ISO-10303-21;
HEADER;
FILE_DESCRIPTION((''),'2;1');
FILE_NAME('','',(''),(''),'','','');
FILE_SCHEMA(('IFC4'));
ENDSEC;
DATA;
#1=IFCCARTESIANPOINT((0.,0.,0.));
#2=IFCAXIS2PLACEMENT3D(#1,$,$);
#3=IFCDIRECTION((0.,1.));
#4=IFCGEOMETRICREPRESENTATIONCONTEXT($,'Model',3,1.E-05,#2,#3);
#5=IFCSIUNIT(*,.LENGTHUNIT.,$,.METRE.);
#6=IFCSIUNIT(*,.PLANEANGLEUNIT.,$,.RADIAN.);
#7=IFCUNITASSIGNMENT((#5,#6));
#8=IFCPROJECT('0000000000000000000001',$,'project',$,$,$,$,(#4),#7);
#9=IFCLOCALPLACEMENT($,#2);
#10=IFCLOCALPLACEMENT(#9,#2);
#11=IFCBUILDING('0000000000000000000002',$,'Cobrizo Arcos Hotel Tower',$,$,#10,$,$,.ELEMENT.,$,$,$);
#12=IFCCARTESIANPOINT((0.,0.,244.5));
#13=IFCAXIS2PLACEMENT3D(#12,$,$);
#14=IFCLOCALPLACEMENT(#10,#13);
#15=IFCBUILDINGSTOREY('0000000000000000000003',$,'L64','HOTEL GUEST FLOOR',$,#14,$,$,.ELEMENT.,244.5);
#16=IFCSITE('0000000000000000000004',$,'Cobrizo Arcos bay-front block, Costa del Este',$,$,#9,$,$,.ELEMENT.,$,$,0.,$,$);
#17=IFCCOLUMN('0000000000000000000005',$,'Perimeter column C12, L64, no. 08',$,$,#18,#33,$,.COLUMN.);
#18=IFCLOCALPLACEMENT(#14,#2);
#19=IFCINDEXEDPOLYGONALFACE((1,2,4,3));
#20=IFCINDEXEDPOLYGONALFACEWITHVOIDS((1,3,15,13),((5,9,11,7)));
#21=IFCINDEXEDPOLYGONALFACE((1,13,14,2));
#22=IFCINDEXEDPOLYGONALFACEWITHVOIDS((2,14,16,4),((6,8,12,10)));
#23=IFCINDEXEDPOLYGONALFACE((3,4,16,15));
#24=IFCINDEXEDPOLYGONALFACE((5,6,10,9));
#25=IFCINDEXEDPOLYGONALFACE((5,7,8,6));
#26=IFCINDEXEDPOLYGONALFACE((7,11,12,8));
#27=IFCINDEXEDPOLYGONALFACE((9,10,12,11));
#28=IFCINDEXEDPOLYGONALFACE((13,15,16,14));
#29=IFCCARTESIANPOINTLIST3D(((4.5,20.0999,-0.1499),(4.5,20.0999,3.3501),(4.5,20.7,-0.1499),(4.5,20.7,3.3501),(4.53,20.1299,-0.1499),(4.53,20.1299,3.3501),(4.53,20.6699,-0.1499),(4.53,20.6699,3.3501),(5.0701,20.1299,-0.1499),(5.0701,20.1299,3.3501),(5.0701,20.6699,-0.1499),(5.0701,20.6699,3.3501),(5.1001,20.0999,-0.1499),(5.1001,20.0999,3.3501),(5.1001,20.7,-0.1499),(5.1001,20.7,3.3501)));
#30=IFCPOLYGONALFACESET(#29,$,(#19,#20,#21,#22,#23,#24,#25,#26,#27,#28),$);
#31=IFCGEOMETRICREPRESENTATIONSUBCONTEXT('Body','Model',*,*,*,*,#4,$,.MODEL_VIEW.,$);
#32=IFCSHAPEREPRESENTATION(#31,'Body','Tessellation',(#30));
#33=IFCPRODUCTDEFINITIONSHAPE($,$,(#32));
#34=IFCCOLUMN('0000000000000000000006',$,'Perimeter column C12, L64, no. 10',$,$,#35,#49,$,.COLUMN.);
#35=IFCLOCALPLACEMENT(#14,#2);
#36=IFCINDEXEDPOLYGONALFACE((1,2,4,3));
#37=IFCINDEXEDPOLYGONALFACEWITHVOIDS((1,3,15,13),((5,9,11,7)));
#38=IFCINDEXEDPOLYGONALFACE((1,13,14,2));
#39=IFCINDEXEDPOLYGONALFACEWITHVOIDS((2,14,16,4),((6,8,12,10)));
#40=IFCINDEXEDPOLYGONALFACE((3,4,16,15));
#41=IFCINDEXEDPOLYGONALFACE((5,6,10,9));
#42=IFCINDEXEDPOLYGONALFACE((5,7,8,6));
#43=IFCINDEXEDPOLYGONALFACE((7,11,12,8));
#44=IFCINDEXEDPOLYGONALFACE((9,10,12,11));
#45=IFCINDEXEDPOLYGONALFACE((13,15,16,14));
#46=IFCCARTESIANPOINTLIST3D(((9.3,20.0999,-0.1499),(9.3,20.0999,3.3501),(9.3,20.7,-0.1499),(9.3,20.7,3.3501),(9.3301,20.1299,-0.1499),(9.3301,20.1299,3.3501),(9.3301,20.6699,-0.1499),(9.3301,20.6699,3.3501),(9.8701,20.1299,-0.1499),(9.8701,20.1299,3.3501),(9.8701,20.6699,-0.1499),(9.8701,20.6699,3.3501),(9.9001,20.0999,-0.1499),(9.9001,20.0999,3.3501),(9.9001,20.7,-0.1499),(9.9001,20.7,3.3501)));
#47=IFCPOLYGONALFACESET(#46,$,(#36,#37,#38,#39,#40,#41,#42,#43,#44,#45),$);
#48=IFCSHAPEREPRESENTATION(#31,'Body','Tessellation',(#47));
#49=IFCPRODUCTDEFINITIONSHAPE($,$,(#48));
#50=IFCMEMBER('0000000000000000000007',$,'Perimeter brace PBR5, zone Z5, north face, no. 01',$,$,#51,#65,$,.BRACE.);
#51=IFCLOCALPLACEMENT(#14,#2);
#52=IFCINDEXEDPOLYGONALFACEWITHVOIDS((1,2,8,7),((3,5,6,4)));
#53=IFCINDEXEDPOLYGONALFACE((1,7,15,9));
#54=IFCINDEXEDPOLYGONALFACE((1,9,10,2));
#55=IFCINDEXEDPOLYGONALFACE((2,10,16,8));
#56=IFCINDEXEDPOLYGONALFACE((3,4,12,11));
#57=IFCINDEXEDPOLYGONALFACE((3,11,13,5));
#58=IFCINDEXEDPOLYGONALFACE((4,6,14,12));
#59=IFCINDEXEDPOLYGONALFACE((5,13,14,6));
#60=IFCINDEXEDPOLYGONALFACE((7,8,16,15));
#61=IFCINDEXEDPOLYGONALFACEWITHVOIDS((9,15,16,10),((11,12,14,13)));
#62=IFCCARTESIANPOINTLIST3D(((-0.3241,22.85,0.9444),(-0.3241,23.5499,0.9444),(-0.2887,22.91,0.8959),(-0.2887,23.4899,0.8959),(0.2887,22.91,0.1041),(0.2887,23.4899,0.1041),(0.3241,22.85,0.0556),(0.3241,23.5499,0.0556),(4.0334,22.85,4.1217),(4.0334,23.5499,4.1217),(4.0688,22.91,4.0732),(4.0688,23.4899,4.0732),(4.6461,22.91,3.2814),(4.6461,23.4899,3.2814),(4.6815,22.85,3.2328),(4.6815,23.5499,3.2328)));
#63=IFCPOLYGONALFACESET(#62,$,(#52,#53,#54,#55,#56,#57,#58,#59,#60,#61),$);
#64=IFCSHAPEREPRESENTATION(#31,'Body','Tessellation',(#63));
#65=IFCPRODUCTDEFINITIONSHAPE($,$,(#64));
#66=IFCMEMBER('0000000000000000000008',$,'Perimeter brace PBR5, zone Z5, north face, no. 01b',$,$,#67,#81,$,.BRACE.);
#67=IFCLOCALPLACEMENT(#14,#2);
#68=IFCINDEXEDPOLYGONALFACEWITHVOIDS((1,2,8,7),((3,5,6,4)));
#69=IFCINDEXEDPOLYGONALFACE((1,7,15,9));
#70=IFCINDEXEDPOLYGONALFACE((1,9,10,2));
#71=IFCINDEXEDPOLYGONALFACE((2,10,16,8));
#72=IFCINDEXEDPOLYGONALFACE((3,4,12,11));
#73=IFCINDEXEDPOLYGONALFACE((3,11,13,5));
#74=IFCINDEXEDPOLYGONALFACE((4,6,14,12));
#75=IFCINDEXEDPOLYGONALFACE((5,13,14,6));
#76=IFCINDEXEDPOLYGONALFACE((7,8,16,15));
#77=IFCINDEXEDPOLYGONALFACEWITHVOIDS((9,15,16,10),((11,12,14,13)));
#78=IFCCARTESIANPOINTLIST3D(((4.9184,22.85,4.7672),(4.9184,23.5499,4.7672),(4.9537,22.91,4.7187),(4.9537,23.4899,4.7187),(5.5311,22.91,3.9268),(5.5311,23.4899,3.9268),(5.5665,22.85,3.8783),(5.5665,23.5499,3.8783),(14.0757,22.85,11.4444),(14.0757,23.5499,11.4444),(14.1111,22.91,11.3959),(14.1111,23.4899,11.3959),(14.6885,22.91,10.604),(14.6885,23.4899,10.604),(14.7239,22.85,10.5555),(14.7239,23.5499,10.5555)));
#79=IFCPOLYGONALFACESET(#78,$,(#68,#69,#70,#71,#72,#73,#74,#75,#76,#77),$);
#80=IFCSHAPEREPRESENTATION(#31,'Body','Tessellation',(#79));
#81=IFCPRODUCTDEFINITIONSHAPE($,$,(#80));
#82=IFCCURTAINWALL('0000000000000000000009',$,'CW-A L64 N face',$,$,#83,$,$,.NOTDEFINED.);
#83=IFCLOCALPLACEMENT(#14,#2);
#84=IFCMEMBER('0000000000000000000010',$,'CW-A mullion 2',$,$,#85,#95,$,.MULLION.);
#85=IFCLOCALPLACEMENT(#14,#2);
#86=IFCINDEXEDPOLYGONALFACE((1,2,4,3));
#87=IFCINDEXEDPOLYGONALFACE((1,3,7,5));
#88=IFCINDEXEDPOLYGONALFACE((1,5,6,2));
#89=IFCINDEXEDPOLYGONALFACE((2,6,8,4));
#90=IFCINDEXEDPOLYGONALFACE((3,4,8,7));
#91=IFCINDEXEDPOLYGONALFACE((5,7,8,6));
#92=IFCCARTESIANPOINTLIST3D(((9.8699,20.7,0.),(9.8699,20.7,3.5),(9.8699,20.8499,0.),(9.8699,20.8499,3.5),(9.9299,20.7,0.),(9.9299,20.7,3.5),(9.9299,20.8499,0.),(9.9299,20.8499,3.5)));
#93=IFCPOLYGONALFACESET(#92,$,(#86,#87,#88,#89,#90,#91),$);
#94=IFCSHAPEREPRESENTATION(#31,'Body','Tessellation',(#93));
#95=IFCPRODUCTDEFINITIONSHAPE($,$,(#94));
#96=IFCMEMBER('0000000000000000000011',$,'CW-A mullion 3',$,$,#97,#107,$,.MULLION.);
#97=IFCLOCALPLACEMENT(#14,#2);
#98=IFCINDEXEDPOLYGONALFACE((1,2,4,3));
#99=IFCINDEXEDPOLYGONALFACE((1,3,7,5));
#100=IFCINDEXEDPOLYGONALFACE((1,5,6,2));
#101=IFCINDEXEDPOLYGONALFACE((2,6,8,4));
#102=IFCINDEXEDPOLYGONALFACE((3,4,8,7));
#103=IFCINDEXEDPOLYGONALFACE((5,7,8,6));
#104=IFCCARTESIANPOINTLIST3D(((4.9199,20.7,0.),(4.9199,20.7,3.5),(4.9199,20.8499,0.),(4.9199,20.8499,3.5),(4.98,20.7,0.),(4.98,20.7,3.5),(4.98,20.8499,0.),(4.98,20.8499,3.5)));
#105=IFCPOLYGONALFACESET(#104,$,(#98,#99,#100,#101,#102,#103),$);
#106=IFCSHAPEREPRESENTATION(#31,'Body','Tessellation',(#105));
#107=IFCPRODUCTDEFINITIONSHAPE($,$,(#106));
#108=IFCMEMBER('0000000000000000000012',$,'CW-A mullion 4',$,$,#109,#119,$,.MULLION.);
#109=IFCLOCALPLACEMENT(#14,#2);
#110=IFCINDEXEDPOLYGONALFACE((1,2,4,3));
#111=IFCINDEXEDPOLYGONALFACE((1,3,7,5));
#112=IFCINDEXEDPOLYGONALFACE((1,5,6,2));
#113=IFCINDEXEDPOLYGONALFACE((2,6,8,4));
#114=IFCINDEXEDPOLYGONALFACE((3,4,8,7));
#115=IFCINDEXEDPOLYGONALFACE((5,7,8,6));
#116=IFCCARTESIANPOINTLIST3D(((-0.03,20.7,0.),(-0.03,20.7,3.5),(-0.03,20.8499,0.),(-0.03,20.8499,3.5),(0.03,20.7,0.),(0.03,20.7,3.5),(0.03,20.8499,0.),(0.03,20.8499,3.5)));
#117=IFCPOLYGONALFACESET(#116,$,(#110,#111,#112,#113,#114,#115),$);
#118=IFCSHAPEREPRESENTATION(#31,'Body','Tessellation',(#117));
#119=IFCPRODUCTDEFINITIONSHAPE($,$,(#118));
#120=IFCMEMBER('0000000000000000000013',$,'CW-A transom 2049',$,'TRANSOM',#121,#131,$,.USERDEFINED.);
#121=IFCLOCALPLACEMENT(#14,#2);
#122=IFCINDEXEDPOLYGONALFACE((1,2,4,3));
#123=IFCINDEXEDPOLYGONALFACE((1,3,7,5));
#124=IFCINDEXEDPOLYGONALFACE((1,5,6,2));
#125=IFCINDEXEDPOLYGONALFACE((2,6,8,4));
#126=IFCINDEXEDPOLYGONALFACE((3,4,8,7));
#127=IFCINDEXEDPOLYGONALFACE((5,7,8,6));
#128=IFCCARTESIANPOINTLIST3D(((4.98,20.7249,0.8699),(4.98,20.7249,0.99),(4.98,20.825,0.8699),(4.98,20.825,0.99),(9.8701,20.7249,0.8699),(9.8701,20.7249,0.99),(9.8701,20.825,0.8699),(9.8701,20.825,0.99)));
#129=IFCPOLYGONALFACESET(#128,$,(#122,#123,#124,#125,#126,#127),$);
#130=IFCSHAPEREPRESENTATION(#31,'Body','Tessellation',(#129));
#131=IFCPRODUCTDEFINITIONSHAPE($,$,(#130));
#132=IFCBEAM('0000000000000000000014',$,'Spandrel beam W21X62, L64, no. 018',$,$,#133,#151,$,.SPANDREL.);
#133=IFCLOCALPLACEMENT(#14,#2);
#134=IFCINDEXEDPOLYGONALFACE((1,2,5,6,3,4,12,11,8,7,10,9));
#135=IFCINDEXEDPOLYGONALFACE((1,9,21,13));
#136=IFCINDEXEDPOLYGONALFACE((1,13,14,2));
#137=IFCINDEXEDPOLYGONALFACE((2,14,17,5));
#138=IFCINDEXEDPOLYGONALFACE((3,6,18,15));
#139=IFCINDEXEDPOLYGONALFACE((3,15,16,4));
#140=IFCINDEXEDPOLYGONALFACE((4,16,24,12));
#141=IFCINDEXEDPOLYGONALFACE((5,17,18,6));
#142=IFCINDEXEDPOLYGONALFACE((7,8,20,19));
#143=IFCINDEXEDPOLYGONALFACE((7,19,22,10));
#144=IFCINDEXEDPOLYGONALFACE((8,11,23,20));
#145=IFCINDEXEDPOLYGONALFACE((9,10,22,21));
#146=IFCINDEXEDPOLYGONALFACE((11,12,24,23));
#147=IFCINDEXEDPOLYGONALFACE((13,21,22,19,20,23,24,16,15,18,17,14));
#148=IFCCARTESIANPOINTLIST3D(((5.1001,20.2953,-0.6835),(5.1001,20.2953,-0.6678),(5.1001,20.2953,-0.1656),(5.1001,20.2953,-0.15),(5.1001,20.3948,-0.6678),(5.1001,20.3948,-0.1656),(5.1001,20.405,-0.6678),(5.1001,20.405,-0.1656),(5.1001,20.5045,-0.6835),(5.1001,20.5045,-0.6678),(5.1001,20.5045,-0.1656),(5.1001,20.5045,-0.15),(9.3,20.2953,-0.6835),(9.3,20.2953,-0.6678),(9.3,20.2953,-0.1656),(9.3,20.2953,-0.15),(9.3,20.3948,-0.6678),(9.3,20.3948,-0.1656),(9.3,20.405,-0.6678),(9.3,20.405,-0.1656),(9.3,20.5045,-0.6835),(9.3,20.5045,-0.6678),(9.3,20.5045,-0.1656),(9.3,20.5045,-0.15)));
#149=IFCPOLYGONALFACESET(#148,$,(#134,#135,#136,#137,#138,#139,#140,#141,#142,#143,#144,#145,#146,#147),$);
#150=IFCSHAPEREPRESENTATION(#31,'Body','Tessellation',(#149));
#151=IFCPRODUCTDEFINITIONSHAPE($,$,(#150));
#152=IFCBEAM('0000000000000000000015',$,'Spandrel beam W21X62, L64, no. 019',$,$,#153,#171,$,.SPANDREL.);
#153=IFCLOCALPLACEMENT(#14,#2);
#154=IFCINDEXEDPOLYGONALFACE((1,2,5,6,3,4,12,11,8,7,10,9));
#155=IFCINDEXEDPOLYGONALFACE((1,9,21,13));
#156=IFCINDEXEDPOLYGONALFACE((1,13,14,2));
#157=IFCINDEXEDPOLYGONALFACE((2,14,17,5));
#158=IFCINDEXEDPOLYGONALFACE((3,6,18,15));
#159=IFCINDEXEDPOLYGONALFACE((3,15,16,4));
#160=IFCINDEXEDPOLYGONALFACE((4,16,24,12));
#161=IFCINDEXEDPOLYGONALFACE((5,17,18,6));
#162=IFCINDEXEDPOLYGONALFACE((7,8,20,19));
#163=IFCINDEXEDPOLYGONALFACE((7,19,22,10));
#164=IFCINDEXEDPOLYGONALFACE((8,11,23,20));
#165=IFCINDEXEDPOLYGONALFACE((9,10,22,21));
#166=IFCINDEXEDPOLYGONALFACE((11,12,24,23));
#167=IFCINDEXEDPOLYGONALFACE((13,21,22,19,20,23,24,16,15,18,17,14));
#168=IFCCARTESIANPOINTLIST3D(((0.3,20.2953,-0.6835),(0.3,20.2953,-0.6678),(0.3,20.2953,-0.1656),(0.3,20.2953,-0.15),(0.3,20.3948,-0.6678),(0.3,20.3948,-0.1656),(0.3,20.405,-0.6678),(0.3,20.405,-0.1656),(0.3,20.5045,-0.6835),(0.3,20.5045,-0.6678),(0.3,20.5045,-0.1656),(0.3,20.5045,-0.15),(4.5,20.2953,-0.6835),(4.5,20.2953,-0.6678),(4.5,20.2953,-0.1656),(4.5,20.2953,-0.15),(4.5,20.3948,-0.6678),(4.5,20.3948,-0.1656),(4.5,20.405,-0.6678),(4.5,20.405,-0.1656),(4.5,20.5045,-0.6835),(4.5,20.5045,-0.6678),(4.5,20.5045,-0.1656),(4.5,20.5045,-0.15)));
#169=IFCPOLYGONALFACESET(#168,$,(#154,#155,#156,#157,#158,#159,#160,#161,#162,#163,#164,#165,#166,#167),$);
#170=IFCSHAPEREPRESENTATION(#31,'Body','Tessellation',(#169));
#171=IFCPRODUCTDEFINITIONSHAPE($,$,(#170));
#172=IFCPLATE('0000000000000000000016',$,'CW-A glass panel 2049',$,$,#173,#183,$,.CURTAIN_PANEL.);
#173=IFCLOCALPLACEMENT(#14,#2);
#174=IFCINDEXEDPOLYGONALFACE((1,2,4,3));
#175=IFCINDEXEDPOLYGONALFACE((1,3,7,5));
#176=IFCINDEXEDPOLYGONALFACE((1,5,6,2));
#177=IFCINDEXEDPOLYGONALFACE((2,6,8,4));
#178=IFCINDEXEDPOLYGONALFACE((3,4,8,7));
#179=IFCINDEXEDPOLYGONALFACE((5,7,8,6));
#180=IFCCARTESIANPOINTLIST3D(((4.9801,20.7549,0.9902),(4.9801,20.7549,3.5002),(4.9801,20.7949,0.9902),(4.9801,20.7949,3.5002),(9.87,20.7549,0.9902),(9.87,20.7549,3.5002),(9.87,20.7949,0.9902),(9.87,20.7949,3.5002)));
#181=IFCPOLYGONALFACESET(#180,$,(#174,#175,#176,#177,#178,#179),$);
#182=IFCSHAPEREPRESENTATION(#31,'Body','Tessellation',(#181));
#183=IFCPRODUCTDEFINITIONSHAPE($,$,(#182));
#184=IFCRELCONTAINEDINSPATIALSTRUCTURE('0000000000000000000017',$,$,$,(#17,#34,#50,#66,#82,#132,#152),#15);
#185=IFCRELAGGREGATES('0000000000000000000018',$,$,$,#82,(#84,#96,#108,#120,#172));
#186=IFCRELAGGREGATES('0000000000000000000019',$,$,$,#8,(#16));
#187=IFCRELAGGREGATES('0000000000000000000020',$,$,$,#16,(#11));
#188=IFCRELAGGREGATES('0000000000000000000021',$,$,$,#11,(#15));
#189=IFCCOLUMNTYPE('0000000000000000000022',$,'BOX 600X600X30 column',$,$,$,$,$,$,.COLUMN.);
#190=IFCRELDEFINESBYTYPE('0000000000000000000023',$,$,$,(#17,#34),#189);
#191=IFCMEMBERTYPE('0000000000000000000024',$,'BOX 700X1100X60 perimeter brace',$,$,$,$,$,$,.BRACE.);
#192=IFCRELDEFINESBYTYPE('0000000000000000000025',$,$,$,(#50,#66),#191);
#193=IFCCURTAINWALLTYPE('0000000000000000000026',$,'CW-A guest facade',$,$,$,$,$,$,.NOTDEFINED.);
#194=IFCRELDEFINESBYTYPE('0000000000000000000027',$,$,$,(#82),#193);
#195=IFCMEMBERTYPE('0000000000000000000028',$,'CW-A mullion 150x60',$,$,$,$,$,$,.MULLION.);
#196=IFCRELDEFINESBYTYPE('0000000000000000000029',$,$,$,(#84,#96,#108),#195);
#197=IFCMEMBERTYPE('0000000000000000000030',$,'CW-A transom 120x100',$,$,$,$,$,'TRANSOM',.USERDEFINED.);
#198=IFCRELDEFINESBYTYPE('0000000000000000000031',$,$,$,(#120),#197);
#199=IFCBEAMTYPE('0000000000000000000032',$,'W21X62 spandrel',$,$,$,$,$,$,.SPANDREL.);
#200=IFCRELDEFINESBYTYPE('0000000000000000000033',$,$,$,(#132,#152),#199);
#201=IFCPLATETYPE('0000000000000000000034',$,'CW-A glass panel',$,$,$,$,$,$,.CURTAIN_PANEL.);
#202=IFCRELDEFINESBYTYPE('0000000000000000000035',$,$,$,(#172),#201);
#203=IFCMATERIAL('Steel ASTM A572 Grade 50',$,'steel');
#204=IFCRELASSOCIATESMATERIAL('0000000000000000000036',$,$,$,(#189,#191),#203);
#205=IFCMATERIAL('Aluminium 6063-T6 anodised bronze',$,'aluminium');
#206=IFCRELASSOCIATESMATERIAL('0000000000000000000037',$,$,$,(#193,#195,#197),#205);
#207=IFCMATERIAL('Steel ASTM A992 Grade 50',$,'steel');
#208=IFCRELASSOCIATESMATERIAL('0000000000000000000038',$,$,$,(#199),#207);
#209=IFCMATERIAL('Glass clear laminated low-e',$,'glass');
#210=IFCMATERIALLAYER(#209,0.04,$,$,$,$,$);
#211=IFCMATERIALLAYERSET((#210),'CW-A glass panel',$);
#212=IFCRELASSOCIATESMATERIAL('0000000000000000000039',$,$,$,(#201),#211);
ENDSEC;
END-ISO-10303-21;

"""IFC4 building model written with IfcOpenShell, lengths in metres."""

from ifc_helpers import new_model, si_unit, direction, frame, origin, origin_2d, place, context, subcontext, project, spatial, rectangle, hollow_rectangle, i_section, extrude, material, layer, layer_set, material_profile, profile_set, type_object, element, aggregate, save


model = new_model("IFC4")

# Units and contexts
model_context = context("Model", 3, precision=1e-05, world=origin(), true_north=direction((0.0, 1.0)))
body_context = subcontext(model_context, "Body", "Model", "MODEL_VIEW")
ifc_project = project(units=[si_unit("LENGTHUNIT", "METRE"), si_unit("PLANEANGLEUNIT", "RADIAN")], contexts=[model_context])

# Site, building, storey
site_placement = place(None, origin())
site = spatial("IfcSite", under=ifc_project, at=site_placement, Name="Cobrizo Arcos bay-front block, Costa del Este", CompositionType="ELEMENT", RefElevation=0.0)
building_placement = place(site_placement, origin())
building = spatial("IfcBuilding", under=site, at=building_placement, Name="Cobrizo Arcos Hotel Tower", CompositionType="ELEMENT")
storey_placement = place(building_placement, frame((0.0, 0.0, 244.5)))
storey = spatial("IfcBuildingStorey", under=building, at=storey_placement, Name="L64", Description="HOTEL GUEST FLOOR", CompositionType="ELEMENT", Elevation=244.5)

# Columns
ifc_material_1 = material(Name="Steel ASTM A572 Grade 50", Category="steel")
ifc_material_profile_1 = material_profile(ifc_material_1, hollow_rectangle(XDim=0.6001, YDim=0.6001, WallThickness=0.03, at=origin_2d()), Name="BOX 600X600X30")
ifc_profile_set_1 = profile_set([ifc_material_profile_1], Name="Steel ASTM A572 Grade 50")
column_type = type_object("IfcColumnType", Name="BOX 600X600X30 column", PredefinedType="COLUMN", material=ifc_profile_set_1)
for number, where, z_axis, x_axis, name in (
    (1, (4.8, 20.3999, -0.1499), (0.0, 0.0, 1.0), (1.0, 0.0, 0.0), "Perimeter column C12, L64, no. 08"),
    (2, (9.6001, 20.3999, -0.1499), (0.0, 0.0, 1.0), (1.0, 0.0, 0.0), "Perimeter column C12, L64, no. 10"),
):
    element("IfcColumn", number, at=place(storey_placement, frame(where, z_axis=z_axis, x_axis=x_axis)), inside=storey, type_object=column_type, Name=name, PredefinedType="COLUMN", context=body_context, shape_type="SweptSolid", body=[
        extrude(hollow_rectangle(XDim=0.6001, YDim=0.6001, WallThickness=0.03, at=origin_2d()), origin(), (0.0, 0.0, 1.0), 3.5),
    ])

# Members
ifc_material_profile_2 = material_profile(ifc_material_1, hollow_rectangle(XDim=0.7, YDim=1.1001, WallThickness=0.0601, at=origin_2d()), Name="BOX 700X1100X60")
ifc_profile_set_2 = profile_set([ifc_material_profile_2], Name="Steel ASTM A572 Grade 50")
member_type_1 = type_object("IfcMemberType", Name="BOX 700X1100X60 perimeter brace", PredefinedType="BRACE", material=ifc_profile_set_2)
member_1_placement = place(storey_placement, frame((0.0, 23.2, 0.5), z_axis=(0.808011, 0.0, 0.589167), x_axis=(0.0, 1.0, 0.0)))
element("IfcMember", 3, at=member_1_placement, inside=storey, type_object=member_type_1, Name="Perimeter brace PBR5, zone Z5, north face, no. 01", PredefinedType="BRACE", context=body_context, shape_type="SweptSolid", body=[
    extrude(hollow_rectangle(XDim=0.7, YDim=1.1001, WallThickness=0.0601, at=origin_2d()), origin(), (0.0, 0.0, 1.0), 5.3928),
])
member_2_placement = place(storey_placement, frame((5.2424, 23.2, 4.3228), z_axis=(0.808011, 0.0, 0.589168), x_axis=(0.0, 1.0, 0.0)))
element("IfcMember", 4, at=member_2_placement, inside=storey, type_object=member_type_1, Name="Perimeter brace PBR5, zone Z5, north face, no. 01b", PredefinedType="BRACE", context=body_context, shape_type="SweptSolid", body=[
    extrude(hollow_rectangle(XDim=0.7, YDim=1.1001, WallThickness=0.0601, at=origin_2d()), origin(), (0.0, 0.0, 1.0), 11.3333),
])

# Curtain wall, members
ifc_material_2 = material(Name="Aluminium 6063-T6 anodised bronze", Category="aluminium")
curtain_wall_type = type_object("IfcCurtainWallType", Name="CW-A guest facade", PredefinedType="NOTDEFINED", material=ifc_material_2)
curtain_wall_placement = place(storey_placement, origin())
curtain_wall = element("IfcCurtainWall", 5, at=curtain_wall_placement, inside=storey, type_object=curtain_wall_type, Name="CW-A L64 N face", PredefinedType="NOTDEFINED")
ifc_material_profile_3 = material_profile(ifc_material_2, rectangle(XDim=0.1499, YDim=0.0601, at=origin_2d()), Name="CW-A mullion 150x60")
ifc_profile_set_3 = profile_set([ifc_material_profile_3], Name="Aluminium 6063-T6 anodised bronze")
member_type_2 = type_object("IfcMemberType", Name="CW-A mullion 150x60", PredefinedType="MULLION", material=ifc_profile_set_3)
member_3_placement = place(storey_placement, frame((9.8999, 20.7749, 0.0), z_axis=(0.0, 0.0, 1.0), x_axis=(0.0, 1.0, 0.0)))
member_3 = element("IfcMember", 6, at=member_3_placement, type_object=member_type_2, Name="CW-A mullion 2", PredefinedType="MULLION", context=body_context, shape_type="SweptSolid", body=[
    extrude(rectangle(XDim=0.1499, YDim=0.0601, at=origin_2d()), origin(), (0.0, 0.0, 1.0), 3.5),
])
member_4_placement = place(storey_placement, frame((4.95, 20.7749, 0.0), z_axis=(0.0, 0.0, 1.0), x_axis=(0.0, 1.0, 0.0)))
member_4 = element("IfcMember", 7, at=member_4_placement, type_object=member_type_2, Name="CW-A mullion 3", PredefinedType="MULLION", context=body_context, shape_type="SweptSolid", body=[
    extrude(rectangle(XDim=0.1499, YDim=0.0601, at=origin_2d()), origin(), (0.0, 0.0, 1.0), 3.5),
])
member_5_placement = place(storey_placement, frame((0.0, 20.7749, 0.0), z_axis=(0.0, 0.0, 1.0), x_axis=(0.0, 1.0, 0.0)))
member_5 = element("IfcMember", 8, at=member_5_placement, type_object=member_type_2, Name="CW-A mullion 4", PredefinedType="MULLION", context=body_context, shape_type="SweptSolid", body=[
    extrude(rectangle(XDim=0.1499, YDim=0.0601, at=origin_2d()), origin(), (0.0, 0.0, 1.0), 3.5),
])
ifc_material_profile_4 = material_profile(ifc_material_2, rectangle(XDim=0.1001, YDim=0.1201, at=origin_2d()), Name="CW-A transom 120x100")
ifc_profile_set_4 = profile_set([ifc_material_profile_4], Name="Aluminium 6063-T6 anodised bronze")
member_type_3 = type_object("IfcMemberType", Name="CW-A transom 120x100", ElementType="TRANSOM", PredefinedType="USERDEFINED", material=ifc_profile_set_4)
member_6_placement = place(storey_placement, frame((9.8701, 20.7749, 0.9299), z_axis=(-1.0, 0.0, 0.0), x_axis=(0.0, -1.0, 0.0)))
member_6 = element("IfcMember", 9, at=member_6_placement, type_object=member_type_3, Name="CW-A transom 2049", ObjectType="TRANSOM", PredefinedType="USERDEFINED", context=body_context, shape_type="SweptSolid", body=[
    extrude(rectangle(XDim=0.1001, YDim=0.1201, at=origin_2d()), origin(), (0.0, 0.0, 1.0), 4.8901),
])

# Beams
ifc_material_3 = material(Name="Steel ASTM A992 Grade 50", Category="steel")
ifc_material_profile_5 = material_profile(ifc_material_3, i_section(OverallWidth=0.2092, OverallDepth=0.5334, WebThickness=0.0103, FlangeThickness=0.0156, at=origin_2d()), Name="W21X62")
ifc_profile_set_5 = profile_set([ifc_material_profile_5], Name="Steel ASTM A992 Grade 50")
beam_type = type_object("IfcBeamType", Name="W21X62 spandrel", PredefinedType="SPANDREL", material=ifc_profile_set_5)
for number, where, z_axis, x_axis, name in (
    (10, (9.3, 20.3999, -0.4167), (-1.0, 0.0, 0.0), (0.0, -1.0, 0.0), "Spandrel beam W21X62, L64, no. 018"),
    (11, (4.5, 20.3999, -0.4167), (-1.0, 0.0, 0.0), (0.0, -1.0, 0.0), "Spandrel beam W21X62, L64, no. 019"),
):
    element("IfcBeam", number, at=place(storey_placement, frame(where, z_axis=z_axis, x_axis=x_axis)), inside=storey, type_object=beam_type, Name=name, PredefinedType="SPANDREL", context=body_context, shape_type="SweptSolid", body=[
        extrude(i_section(OverallWidth=0.2092, OverallDepth=0.5334, WebThickness=0.0103, FlangeThickness=0.0156, at=origin_2d()), origin(), (0.0, 0.0, 1.0), 4.2),
    ])

# Plate
ifc_material_4 = material(Name="Glass clear laminated low-e", Category="glass")
ifc_layer_1 = layer(ifc_material_4, 0.04)
ifc_layer_set_1 = layer_set([ifc_layer_1], Name="CW-A glass panel")
plate_type_1 = type_object("IfcPlateType", Name="CW-A glass panel", PredefinedType="CURTAIN_PANEL", material=ifc_layer_set_1)
plate_1_placement = place(storey_placement, frame((7.425, 20.7749, 0.9902), z_axis=(0.0, 0.0, 1.0), x_axis=(-1.0, 0.0, 0.0)))
plate_1 = element("IfcPlate", 12, at=plate_1_placement, type_object=plate_type_1, Name="CW-A glass panel 2049", PredefinedType="CURTAIN_PANEL", context=body_context, shape_type="SweptSolid", body=[
    extrude(rectangle(XDim=4.8899, YDim=0.04, at=origin_2d()), origin(), (0.0, 0.0, 1.0), 2.51),
])
aggregate(curtain_wall, [member_3, member_4, member_5, member_6, plate_1])

save(model, "model.ifc")
